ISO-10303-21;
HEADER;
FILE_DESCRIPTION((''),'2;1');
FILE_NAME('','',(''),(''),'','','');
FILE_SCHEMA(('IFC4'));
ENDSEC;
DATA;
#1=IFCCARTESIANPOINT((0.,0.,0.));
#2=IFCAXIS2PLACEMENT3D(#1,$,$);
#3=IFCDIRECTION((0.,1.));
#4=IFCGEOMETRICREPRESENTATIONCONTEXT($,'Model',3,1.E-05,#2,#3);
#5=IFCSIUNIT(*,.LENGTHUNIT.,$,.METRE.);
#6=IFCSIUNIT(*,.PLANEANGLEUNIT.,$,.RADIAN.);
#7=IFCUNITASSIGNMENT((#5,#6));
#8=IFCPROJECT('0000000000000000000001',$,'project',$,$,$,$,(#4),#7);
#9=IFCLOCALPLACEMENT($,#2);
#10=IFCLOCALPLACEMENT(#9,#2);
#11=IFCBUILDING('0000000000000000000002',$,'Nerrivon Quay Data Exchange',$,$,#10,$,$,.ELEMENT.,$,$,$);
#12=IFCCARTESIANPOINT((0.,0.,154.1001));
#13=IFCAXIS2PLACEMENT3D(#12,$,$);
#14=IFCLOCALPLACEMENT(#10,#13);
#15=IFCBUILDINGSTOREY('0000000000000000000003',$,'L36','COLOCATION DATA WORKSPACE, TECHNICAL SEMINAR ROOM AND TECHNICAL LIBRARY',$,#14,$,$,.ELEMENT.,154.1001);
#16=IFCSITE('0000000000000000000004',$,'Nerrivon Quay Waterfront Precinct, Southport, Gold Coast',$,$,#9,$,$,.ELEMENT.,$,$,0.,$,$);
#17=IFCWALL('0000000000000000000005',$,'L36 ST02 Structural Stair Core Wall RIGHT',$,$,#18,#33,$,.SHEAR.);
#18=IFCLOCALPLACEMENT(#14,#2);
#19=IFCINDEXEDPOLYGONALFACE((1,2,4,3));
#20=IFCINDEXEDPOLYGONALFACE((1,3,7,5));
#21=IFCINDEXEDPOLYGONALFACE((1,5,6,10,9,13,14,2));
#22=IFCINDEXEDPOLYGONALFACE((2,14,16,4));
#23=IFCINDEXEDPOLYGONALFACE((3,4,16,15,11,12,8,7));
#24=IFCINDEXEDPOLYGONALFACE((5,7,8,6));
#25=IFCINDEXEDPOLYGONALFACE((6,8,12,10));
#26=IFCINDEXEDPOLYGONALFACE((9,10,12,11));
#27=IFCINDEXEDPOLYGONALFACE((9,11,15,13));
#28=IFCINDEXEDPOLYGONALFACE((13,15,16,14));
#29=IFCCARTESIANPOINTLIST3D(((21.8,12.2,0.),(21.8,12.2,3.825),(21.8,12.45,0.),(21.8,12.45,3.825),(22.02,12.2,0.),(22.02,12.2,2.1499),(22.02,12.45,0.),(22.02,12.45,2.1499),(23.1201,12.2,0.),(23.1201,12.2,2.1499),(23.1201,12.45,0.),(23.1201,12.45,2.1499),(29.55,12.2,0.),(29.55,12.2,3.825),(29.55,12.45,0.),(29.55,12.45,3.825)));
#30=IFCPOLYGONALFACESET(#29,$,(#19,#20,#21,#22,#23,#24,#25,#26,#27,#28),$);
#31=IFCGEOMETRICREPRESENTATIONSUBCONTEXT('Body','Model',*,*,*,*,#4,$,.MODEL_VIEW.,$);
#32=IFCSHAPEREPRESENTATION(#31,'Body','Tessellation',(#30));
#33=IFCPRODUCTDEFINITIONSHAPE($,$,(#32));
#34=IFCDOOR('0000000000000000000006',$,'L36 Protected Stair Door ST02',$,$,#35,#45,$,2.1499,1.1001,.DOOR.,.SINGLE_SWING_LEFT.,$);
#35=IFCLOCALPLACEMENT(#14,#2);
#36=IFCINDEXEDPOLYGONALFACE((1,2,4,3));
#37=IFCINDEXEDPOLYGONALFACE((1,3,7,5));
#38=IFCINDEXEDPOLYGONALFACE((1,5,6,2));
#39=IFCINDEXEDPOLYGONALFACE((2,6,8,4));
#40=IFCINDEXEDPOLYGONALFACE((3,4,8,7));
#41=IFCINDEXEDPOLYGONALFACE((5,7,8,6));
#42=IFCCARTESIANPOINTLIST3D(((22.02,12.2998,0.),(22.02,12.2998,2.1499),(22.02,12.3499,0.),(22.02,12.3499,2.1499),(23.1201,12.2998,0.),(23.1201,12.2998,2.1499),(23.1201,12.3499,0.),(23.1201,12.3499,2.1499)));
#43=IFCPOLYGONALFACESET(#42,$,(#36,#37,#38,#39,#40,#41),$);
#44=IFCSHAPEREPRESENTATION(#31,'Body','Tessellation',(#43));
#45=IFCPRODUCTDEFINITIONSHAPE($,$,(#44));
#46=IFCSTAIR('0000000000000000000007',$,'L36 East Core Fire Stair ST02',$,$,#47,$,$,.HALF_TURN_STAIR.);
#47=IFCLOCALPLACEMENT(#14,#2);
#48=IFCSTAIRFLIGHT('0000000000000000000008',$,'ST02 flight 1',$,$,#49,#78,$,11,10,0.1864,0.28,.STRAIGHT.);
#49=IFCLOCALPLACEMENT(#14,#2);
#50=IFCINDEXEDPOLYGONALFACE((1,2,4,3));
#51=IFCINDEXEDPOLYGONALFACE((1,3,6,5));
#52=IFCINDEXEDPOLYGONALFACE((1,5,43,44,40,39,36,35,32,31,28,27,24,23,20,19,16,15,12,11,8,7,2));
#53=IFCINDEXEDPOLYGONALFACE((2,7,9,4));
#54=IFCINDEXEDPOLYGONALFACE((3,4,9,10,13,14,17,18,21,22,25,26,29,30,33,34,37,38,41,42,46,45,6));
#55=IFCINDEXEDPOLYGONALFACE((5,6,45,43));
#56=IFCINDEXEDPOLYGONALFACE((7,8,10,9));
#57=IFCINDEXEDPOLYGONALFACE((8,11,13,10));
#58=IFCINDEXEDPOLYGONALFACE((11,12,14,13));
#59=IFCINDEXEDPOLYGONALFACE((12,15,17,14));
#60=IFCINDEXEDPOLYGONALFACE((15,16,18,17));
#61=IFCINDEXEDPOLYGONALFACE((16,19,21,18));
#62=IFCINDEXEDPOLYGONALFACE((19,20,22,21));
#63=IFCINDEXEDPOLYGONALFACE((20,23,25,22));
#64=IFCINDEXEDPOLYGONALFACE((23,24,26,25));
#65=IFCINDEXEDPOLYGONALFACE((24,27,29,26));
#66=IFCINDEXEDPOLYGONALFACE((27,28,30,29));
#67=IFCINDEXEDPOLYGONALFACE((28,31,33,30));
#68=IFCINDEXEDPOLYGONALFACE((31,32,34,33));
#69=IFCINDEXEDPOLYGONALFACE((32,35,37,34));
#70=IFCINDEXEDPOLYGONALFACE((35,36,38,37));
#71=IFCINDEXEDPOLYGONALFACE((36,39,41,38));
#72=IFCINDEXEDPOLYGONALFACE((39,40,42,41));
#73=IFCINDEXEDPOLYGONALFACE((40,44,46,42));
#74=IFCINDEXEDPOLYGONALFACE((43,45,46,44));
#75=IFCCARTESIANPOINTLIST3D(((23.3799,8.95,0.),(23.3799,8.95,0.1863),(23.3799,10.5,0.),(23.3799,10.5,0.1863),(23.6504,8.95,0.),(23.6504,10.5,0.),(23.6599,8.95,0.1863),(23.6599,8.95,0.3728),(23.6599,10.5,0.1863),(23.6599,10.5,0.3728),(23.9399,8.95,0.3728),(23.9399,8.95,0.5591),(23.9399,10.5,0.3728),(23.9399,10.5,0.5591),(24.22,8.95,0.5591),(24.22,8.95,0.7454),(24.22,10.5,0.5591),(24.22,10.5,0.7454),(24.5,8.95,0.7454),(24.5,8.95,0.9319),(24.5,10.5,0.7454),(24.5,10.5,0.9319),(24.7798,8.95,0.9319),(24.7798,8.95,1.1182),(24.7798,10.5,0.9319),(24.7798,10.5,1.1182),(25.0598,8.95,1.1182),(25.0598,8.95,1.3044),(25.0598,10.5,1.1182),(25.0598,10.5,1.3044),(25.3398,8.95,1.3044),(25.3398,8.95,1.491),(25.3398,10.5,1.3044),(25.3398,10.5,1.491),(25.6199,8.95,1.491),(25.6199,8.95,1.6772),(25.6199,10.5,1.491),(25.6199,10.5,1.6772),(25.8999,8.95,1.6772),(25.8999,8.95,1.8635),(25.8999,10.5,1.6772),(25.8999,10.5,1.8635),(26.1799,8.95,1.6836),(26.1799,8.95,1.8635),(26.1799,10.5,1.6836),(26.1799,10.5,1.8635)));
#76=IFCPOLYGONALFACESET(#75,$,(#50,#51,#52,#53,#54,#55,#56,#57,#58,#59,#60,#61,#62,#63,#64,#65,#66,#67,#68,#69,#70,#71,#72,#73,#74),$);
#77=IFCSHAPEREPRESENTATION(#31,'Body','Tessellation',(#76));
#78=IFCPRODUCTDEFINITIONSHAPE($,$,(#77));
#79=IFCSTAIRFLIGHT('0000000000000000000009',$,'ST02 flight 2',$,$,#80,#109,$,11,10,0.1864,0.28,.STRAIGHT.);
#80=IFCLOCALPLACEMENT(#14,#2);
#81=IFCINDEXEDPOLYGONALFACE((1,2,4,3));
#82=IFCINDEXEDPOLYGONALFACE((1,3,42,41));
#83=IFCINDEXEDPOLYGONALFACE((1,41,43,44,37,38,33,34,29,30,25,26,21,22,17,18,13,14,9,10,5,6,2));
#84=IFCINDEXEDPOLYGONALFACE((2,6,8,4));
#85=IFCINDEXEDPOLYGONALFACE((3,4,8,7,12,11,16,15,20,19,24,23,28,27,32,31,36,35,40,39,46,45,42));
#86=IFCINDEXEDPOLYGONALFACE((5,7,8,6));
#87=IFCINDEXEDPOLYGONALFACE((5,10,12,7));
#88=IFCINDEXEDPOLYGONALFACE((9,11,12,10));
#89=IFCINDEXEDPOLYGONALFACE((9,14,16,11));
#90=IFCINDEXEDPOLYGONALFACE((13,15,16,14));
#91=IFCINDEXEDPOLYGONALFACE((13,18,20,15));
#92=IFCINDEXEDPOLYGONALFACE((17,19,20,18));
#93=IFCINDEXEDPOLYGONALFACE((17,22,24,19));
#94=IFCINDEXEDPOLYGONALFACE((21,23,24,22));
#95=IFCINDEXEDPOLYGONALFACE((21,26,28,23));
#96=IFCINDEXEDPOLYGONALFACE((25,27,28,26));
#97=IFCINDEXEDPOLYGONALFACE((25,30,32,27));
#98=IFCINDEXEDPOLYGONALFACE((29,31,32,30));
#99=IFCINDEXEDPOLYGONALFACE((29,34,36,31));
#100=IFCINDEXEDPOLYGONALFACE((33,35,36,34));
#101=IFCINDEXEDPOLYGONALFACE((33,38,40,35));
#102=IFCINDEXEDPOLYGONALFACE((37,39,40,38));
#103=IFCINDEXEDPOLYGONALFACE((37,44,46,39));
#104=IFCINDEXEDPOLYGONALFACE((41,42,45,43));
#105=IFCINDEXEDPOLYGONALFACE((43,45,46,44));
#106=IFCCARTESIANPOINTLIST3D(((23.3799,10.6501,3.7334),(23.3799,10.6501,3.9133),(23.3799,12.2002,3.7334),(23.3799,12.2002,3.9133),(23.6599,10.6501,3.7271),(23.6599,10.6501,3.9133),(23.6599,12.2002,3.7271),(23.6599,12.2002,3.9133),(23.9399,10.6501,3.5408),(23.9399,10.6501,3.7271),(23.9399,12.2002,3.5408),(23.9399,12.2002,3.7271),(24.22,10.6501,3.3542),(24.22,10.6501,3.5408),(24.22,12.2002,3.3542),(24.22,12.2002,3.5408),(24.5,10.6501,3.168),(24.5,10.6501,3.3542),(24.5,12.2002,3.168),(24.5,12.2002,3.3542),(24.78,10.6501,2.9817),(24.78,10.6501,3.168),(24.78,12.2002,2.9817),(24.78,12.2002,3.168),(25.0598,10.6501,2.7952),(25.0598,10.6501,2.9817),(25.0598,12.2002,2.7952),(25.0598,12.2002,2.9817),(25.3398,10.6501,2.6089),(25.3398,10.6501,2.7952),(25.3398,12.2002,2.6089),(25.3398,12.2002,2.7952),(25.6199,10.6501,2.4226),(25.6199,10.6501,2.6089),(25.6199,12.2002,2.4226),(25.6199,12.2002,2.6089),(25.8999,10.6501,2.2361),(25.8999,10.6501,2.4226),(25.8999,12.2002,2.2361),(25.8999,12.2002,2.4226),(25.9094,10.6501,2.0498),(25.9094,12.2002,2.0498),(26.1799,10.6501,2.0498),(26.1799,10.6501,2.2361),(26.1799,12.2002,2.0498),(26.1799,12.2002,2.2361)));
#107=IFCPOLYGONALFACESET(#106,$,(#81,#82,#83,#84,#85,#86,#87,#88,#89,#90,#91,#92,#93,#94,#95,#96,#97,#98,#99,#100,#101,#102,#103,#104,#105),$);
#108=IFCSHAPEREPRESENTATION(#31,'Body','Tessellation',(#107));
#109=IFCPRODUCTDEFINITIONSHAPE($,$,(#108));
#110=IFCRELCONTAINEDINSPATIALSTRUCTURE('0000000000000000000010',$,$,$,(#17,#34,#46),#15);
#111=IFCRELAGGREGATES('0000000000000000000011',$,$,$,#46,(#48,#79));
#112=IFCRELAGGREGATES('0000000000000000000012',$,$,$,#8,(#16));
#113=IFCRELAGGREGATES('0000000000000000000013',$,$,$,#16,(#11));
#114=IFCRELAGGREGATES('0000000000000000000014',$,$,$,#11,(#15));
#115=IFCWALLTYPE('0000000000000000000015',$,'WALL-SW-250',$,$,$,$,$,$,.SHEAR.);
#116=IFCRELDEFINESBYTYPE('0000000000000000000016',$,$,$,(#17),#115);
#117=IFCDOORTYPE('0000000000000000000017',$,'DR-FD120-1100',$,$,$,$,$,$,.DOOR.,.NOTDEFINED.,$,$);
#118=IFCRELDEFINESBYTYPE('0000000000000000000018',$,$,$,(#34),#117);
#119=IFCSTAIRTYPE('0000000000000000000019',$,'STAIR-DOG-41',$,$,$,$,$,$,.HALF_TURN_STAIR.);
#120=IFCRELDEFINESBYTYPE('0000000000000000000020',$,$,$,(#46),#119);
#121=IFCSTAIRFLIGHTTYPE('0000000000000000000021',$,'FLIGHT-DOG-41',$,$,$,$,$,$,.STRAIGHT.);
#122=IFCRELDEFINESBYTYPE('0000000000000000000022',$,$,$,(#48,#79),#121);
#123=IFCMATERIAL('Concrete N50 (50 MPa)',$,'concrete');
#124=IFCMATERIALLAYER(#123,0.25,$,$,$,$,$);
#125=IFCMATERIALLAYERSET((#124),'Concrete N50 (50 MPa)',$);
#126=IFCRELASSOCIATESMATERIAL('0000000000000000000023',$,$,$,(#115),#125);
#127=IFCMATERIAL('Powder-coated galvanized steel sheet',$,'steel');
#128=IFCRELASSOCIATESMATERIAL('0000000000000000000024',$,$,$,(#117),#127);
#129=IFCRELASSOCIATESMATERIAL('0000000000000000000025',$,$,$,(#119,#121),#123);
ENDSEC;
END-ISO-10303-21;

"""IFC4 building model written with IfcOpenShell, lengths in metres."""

from ifc_helpers import new_model, si_unit, direction, frame, frame_2d, origin, place, context, subcontext, project, spatial, polyline, rectangle, outline, extrude, material, layer, layer_set, type_object, element, fill, aggregate, save


model = new_model("IFC4")

# Units and contexts
model_context = context("Model", 3, precision=1e-05, world=origin(), true_north=direction((0.0, 1.0)))
body_context = subcontext(model_context, "Body", "Model", "MODEL_VIEW")
ifc_project = project(units=[si_unit("LENGTHUNIT", "METRE"), si_unit("PLANEANGLEUNIT", "RADIAN")], contexts=[model_context])

# Site, building, storey
site_placement = place(None, origin())
site = spatial("IfcSite", under=ifc_project, at=site_placement, Name="Nerrivon Quay Waterfront Precinct, Southport, Gold Coast", CompositionType="ELEMENT", RefElevation=0.0)
building_placement = place(site_placement, origin())
building = spatial("IfcBuilding", under=site, at=building_placement, Name="Nerrivon Quay Data Exchange", CompositionType="ELEMENT")
storey_placement = place(building_placement, frame((0.0, 0.0, 154.1001)))
storey = spatial("IfcBuildingStorey", under=building, at=storey_placement, Name="L36", Description="COLOCATION DATA WORKSPACE, TECHNICAL SEMINAR ROOM AND TECHNICAL LIBRARY", CompositionType="ELEMENT", Elevation=154.1001)

# Shared definitions
ifc_material_1 = material(Name="Powder-coated galvanized steel sheet", Category="steel")

# Wall, opening, door
ifc_material_2 = material(Name="Concrete N50 (50 MPa)", Category="concrete")
ifc_layer_1 = layer(ifc_material_2, 0.25)
ifc_layer_set_1 = layer_set([ifc_layer_1], Name="Concrete N50 (50 MPa)")
wall_type_1 = type_object("IfcWallType", Name="WALL-SW-250", PredefinedType="SHEAR", material=ifc_layer_set_1)
wall_1_placement = place(storey_placement, frame((21.8, 12.325, 0.0), z_axis=(0.0, 0.0, 1.0), x_axis=(1.0, 0.0, 0.0)))
wall_1 = element("IfcWall", 1, at=wall_1_placement, inside=storey, type_object=wall_type_1, Name="L36 ST02 Structural Stair Core Wall RIGHT", PredefinedType="SHEAR", context=body_context, shape_type="SweptSolid", body=[
    extrude(rectangle(XDim=7.75, YDim=0.25, at=frame_2d((3.875, 0.0))), origin(), (0.0, 0.0, 1.0), 3.825),
])
opening_1_placement = place(wall_1_placement, frame((0.22, 0.0, 0.0)))
opening_1 = element("IfcOpeningElement", 2, at=opening_1_placement, cuts=wall_1, PredefinedType="OPENING", context=body_context, shape_type="SweptSolid", body=[
    extrude(rectangle(XDim=1.1001, YDim=2.1499, at=frame_2d((0.55, 1.075))), frame((0.0, 0.135, 0.0), z_axis=(0.0, -1.0, 0.0), x_axis=(1.0, 0.0, 0.0)), (0.0, 0.0, 1.0), 0.27),
])
door_type_1 = type_object("IfcDoorType", Name="DR-FD120-1100", OperationType="NOTDEFINED", PredefinedType="DOOR", material=ifc_material_1)
door_1_placement = place(opening_1_placement, origin())
door_1 = element("IfcDoor", 3, at=door_1_placement, inside=storey, type_object=door_type_1, Name="L36 Protected Stair Door ST02", OperationType="SINGLE_SWING_LEFT", OverallHeight=2.1499, OverallWidth=1.1001, PredefinedType="DOOR", context=body_context, shape_type="SweptSolid", body=[
    extrude(rectangle(XDim=1.1001, YDim=2.1499, at=frame_2d((0.55, 1.075))), frame((0.0, 0.0249, 0.0), z_axis=(0.0, -1.0, 0.0), x_axis=(1.0, 0.0, 0.0)), (0.0, 0.0, 1.0), 0.05),
])
fill(opening_1, door_1)

# Stair, stair flights
stair_type = type_object("IfcStairType", Name="STAIR-DOG-41", PredefinedType="HALF_TURN_STAIR", material=ifc_material_2)
stair_placement = place(storey_placement, origin())
stair = element("IfcStair", 4, at=stair_placement, inside=storey, type_object=stair_type, Name="L36 East Core Fire Stair ST02", PredefinedType="HALF_TURN_STAIR")
stair_flight_type = type_object("IfcStairFlightType", Name="FLIGHT-DOG-41", PredefinedType="STRAIGHT", material=ifc_material_2)
stair_flight_1_placement = place(storey_placement, frame((23.3799, 9.7251, 0.0), z_axis=(0.0, 0.0, 1.0), x_axis=(1.0, 0.0, 0.0)))
stair_flight_1 = element("IfcStairFlight", 5, at=stair_flight_1_placement, type_object=stair_flight_type, Name="ST02 flight 1", NumberOfRisers=11, NumberOfTreads=10, PredefinedType="STRAIGHT", RiserHeight=0.1864, TreadLength=0.28, context=body_context, shape_type="SweptSolid", body=[
    extrude(outline(polyline([(0.0, 0.0), (0.0, 0.1863), (0.28, 0.1863), (0.28, 0.3728), (0.5601, 0.3728), (0.5601, 0.5591), (0.8401, 0.5591), (0.8401, 0.7454), (1.1201, 0.7454), (1.1201, 0.9319), (1.3999, 0.9319), (1.3999, 1.1182), (1.6799, 1.1182), (1.6799, 1.3044), (1.96, 1.3044), (1.96, 1.491), (2.24, 1.491), (2.24, 1.6772), (2.52, 1.6772), (2.52, 1.8635), (2.8, 1.8635), (2.8, 2.05), (2.8, 1.6836), (0.2705, 0.0), (0.0, 0.0)])), frame((0.0, 0.7749, 0.0), z_axis=(0.0, -1.0, 0.0), x_axis=(1.0, 0.0, 0.0)), (0.0, 0.0, 1.0), 1.55),
])
stair_flight_2_placement = place(storey_placement, frame((26.1799, 11.425, 2.0498), z_axis=(0.0, 0.0, 1.0), x_axis=(-1.0, 0.0, 0.0)))
stair_flight_2 = element("IfcStairFlight", 6, at=stair_flight_2_placement, type_object=stair_flight_type, Name="ST02 flight 2", NumberOfRisers=11, NumberOfTreads=10, PredefinedType="STRAIGHT", RiserHeight=0.1864, TreadLength=0.28, context=body_context, shape_type="SweptSolid", body=[
    extrude(outline(polyline([(0.0, 0.0), (0.0, 0.1863), (0.28, 0.1863), (0.28, 0.3728), (0.5601, 0.3728), (0.5601, 0.5591), (0.8401, 0.5591), (0.8401, 0.7454), (1.1201, 0.7454), (1.1201, 0.9319), (1.3999, 0.9319), (1.3999, 1.1182), (1.6799, 1.1182), (1.6799, 1.3044), (1.96, 1.3044), (1.96, 1.491), (2.24, 1.491), (2.24, 1.6772), (2.52, 1.6772), (2.52, 1.8635), (2.8, 1.8635), (2.8, 2.05), (2.8, 1.6836), (0.2705, 0.0), (0.0, 0.0)])), frame((0.0, 0.7749, 0.0), z_axis=(0.0, -1.0, 0.0), x_axis=(1.0, 0.0, 0.0)), (0.0, 0.0, 1.0), 1.55),
])
aggregate(stair, [stair_flight_1, stair_flight_2])

save(model, "model.ifc")
